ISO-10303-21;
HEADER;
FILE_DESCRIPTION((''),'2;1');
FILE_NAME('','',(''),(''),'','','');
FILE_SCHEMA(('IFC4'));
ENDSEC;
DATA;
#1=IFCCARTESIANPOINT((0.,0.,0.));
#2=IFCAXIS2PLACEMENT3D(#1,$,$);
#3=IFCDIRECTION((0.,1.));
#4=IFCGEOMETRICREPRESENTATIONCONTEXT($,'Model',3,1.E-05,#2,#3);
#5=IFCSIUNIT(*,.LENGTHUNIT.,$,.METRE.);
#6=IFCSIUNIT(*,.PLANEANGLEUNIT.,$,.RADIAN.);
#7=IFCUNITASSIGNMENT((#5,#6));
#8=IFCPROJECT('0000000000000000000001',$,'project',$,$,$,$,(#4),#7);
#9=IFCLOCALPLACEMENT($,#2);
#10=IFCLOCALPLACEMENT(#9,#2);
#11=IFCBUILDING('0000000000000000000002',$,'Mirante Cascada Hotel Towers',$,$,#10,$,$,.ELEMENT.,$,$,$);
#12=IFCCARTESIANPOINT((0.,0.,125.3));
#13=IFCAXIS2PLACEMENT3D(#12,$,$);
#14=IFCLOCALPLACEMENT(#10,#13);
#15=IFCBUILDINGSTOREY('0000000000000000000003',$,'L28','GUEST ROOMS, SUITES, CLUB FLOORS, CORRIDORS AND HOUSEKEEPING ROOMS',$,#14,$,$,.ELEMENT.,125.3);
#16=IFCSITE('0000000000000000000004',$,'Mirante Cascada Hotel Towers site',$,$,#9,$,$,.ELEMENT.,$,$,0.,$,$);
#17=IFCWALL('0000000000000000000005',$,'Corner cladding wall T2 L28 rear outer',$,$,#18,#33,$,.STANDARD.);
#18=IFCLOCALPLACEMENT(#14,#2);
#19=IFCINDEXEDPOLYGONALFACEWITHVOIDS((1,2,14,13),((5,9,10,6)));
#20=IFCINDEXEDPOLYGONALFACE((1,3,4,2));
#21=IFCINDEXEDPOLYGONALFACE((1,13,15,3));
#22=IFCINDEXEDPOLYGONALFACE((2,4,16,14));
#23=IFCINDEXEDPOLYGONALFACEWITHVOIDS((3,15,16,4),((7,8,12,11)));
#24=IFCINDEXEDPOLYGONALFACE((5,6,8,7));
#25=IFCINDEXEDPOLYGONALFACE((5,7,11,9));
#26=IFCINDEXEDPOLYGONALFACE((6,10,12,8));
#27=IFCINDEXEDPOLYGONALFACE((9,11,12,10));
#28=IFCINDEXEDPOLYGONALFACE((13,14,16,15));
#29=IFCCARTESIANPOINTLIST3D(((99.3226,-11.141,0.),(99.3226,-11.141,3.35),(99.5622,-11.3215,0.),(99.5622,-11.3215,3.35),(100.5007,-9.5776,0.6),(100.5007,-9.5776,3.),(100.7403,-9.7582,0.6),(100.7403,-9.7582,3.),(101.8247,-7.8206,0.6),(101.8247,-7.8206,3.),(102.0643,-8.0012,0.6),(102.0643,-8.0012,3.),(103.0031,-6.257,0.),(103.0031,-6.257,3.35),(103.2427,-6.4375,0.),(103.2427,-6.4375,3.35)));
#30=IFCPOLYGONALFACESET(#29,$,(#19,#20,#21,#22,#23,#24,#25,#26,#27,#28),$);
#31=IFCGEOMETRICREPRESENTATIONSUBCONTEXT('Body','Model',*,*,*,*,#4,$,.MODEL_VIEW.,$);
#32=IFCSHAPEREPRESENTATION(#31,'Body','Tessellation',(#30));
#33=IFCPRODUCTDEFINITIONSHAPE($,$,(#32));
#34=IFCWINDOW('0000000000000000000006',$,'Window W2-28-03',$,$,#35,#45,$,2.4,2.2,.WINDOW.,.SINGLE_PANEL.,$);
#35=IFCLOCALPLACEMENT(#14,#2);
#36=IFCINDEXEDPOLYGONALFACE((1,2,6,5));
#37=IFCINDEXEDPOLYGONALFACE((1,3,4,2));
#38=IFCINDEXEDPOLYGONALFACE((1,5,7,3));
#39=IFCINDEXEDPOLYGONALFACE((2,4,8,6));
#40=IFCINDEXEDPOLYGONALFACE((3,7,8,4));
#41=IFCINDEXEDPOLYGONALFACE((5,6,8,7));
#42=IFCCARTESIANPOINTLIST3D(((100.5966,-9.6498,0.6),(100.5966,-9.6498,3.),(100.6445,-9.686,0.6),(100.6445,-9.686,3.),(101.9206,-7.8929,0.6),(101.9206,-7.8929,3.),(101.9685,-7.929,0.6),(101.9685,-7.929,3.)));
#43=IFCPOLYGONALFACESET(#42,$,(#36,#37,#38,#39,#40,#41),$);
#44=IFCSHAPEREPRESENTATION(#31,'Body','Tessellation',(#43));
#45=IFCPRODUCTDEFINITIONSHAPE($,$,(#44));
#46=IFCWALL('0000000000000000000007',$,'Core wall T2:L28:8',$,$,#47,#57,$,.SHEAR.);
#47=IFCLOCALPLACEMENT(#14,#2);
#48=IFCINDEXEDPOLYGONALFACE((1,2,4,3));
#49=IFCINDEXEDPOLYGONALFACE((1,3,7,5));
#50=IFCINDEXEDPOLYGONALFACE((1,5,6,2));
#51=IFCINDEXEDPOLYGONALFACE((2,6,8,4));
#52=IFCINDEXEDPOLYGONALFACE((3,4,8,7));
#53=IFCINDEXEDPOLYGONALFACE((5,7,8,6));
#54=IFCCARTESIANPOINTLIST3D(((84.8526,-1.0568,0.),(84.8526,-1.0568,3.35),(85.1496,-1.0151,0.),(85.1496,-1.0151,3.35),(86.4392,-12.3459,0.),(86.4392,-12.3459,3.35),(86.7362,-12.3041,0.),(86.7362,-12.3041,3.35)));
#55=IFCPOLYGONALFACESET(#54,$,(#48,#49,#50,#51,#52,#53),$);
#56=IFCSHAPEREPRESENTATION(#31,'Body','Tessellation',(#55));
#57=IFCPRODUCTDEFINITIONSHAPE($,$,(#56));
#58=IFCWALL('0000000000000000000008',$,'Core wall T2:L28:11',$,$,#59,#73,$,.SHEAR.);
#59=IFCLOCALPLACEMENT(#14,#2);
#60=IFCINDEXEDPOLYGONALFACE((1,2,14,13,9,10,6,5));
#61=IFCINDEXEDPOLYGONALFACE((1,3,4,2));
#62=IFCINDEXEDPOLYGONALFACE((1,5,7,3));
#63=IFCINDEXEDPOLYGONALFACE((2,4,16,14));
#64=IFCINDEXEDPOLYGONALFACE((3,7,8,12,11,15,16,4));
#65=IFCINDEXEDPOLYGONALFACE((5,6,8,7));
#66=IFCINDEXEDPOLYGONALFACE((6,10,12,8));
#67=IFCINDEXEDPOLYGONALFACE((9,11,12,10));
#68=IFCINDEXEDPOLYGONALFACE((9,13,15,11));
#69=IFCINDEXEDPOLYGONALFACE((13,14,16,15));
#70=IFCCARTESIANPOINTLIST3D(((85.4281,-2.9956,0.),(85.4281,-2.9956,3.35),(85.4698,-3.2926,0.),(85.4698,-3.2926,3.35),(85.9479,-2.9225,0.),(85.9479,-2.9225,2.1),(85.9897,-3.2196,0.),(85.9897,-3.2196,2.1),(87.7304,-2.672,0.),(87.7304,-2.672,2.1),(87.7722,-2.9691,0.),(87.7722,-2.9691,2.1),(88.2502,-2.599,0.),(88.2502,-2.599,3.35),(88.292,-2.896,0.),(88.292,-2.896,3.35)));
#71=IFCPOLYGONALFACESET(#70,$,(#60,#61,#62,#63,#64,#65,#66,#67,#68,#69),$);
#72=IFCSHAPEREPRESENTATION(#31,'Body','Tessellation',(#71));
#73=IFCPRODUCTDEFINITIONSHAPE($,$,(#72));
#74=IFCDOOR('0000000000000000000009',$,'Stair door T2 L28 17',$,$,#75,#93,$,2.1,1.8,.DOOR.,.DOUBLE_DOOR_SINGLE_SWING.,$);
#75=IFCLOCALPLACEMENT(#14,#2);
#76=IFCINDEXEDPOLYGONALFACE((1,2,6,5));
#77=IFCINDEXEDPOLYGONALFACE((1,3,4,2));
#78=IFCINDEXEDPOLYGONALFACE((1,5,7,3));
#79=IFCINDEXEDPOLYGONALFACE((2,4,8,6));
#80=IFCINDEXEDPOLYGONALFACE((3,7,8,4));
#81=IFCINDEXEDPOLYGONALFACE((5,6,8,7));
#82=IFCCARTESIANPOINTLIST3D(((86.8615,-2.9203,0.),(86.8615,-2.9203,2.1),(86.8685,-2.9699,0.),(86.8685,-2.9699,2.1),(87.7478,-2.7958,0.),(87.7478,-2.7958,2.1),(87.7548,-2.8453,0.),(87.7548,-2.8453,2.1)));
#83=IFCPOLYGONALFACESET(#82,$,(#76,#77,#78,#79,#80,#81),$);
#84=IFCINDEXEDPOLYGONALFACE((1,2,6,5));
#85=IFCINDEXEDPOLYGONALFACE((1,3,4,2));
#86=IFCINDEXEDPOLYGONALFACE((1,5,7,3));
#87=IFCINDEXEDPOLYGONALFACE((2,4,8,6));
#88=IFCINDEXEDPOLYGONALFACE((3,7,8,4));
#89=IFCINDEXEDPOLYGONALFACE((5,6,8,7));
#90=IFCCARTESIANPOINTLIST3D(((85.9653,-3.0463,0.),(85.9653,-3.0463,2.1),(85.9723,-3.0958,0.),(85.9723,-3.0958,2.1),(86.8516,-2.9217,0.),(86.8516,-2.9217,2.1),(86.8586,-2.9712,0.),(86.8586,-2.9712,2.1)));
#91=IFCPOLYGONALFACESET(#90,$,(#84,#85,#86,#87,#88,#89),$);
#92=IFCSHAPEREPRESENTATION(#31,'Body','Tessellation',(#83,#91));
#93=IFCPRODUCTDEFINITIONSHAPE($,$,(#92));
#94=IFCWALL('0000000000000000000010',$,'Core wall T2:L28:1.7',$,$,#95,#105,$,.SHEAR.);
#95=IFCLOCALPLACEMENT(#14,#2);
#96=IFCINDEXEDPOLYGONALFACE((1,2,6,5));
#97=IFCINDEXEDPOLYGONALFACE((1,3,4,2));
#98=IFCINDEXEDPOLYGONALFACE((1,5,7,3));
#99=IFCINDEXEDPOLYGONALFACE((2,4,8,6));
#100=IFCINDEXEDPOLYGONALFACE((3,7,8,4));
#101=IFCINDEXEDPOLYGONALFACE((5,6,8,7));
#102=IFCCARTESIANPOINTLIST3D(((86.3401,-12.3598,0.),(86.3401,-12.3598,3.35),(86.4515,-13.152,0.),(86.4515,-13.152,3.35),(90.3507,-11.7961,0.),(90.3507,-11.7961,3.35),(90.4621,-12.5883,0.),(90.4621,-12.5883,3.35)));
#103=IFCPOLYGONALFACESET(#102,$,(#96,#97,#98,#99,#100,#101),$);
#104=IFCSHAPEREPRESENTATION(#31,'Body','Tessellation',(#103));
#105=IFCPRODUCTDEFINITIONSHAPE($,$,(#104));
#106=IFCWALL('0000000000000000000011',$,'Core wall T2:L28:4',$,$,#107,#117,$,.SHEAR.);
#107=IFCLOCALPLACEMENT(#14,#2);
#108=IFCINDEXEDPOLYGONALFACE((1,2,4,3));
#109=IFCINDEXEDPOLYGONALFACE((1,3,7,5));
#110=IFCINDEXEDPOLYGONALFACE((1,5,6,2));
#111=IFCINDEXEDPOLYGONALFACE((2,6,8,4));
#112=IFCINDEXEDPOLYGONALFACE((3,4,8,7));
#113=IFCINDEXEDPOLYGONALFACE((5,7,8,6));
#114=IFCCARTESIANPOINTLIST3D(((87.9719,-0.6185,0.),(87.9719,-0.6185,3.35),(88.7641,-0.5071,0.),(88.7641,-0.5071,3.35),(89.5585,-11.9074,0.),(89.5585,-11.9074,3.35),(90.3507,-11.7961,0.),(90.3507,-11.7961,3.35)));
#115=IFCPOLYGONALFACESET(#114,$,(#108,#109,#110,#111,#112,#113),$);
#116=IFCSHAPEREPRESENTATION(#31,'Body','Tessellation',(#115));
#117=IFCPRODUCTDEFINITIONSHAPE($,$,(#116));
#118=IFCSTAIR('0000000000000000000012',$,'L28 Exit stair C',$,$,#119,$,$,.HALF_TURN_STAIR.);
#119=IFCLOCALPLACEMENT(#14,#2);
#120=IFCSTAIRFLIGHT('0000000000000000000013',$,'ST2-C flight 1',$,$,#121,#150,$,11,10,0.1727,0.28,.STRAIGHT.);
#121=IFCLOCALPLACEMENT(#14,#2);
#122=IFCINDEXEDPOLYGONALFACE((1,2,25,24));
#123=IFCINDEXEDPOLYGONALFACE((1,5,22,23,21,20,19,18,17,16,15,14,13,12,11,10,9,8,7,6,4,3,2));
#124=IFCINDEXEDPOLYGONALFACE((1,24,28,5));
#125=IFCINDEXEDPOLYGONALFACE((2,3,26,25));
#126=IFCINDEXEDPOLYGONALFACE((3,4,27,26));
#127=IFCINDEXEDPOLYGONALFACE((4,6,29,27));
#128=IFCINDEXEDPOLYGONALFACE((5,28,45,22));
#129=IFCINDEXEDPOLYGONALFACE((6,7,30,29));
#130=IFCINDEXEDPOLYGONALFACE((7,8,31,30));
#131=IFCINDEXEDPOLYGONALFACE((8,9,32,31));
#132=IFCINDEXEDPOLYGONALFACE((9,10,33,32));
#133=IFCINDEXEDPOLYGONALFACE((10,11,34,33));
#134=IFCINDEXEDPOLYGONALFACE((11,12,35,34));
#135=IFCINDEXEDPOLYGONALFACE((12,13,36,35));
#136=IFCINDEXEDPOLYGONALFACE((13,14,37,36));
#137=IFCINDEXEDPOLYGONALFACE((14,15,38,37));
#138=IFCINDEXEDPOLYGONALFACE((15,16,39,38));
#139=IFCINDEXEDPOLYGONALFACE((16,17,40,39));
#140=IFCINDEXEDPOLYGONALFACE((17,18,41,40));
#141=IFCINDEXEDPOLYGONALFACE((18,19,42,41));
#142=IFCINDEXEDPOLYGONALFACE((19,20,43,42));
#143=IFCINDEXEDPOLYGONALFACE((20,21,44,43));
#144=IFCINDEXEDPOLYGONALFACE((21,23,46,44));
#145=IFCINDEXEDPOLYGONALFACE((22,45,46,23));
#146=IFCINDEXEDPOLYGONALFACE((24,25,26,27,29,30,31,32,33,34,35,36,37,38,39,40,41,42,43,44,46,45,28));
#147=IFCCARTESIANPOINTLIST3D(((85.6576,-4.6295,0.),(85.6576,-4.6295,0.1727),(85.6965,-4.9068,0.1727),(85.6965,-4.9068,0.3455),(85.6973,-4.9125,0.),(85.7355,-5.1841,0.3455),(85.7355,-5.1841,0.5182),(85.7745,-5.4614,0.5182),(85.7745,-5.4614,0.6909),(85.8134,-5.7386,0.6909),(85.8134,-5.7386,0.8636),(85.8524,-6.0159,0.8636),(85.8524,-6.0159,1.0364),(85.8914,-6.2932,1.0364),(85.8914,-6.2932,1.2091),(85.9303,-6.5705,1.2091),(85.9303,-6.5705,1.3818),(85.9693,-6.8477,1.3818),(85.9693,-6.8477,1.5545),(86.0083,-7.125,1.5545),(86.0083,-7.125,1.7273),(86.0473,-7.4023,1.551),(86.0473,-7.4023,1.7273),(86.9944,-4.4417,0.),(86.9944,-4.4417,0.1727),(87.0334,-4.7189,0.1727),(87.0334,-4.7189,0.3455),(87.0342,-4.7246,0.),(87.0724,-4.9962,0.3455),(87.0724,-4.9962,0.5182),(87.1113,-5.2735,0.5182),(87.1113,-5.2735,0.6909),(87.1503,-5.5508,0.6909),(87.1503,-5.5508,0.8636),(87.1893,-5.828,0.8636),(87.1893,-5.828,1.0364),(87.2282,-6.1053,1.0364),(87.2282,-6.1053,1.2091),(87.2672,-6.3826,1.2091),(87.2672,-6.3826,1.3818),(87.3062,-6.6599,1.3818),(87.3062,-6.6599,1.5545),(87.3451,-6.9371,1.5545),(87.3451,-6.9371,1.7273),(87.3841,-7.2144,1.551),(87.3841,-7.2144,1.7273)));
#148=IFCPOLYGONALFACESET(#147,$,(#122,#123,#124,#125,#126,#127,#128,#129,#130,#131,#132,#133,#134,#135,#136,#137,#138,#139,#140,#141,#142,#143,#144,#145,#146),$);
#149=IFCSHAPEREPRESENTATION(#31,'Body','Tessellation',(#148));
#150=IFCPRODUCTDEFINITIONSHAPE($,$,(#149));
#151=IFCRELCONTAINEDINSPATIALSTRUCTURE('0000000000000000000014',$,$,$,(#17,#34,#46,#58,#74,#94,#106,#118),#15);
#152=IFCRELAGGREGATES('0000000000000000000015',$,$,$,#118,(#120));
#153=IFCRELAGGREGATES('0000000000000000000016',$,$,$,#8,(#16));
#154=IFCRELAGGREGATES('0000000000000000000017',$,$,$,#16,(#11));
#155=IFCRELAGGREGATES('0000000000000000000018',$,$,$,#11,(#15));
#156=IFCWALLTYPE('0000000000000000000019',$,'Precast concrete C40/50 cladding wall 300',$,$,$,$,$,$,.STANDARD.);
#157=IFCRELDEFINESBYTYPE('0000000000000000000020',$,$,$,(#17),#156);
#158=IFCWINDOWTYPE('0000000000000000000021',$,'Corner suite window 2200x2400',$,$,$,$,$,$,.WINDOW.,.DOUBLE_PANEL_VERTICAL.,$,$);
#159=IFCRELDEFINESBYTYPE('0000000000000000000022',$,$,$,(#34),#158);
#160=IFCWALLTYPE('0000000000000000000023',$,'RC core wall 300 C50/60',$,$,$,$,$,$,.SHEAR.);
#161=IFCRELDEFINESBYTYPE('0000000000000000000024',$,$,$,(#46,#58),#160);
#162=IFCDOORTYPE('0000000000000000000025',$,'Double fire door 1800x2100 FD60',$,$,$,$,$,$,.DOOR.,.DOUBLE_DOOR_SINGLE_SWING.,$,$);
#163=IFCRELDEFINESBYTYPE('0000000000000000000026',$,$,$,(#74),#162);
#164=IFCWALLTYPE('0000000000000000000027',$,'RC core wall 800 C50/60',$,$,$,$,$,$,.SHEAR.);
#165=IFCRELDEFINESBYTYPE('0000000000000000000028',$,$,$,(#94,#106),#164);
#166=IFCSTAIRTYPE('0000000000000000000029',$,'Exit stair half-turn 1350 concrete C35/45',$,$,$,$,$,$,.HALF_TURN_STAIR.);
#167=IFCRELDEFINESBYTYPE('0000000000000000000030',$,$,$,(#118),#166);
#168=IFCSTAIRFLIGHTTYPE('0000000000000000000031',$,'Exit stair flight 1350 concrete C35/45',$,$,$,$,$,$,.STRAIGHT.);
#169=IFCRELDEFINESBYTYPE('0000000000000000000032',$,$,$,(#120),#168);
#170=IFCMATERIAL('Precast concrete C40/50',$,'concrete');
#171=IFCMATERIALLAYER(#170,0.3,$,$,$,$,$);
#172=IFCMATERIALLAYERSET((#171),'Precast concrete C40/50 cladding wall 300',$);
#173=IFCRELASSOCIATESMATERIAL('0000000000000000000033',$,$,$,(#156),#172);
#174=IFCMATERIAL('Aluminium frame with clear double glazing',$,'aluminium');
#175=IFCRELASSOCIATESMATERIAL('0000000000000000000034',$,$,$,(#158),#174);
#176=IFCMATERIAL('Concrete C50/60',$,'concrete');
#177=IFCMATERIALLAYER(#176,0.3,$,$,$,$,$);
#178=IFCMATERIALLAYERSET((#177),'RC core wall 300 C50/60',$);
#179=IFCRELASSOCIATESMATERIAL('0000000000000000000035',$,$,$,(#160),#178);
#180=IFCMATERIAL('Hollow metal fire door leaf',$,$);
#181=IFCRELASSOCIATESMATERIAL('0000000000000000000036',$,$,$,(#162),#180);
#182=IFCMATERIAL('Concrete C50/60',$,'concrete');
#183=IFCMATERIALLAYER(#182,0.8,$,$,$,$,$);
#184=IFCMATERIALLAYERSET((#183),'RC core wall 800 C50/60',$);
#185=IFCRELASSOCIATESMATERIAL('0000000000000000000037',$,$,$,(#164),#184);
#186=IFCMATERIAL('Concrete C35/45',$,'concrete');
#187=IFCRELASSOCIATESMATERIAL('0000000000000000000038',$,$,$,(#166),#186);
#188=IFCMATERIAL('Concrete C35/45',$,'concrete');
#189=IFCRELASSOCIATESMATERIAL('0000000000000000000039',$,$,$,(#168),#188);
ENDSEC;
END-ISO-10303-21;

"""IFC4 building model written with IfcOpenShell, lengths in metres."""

from ifc_helpers import new_model, si_unit, direction, frame, frame_2d, origin, place, context, subcontext, project, spatial, polyline, rectangle, outline, extrude, material, layer, layer_set, type_object, element, fill, aggregate, save


model = new_model("IFC4")

# Units and contexts
model_context = context("Model", 3, precision=1e-05, world=origin(), true_north=direction((0.0, 1.0)))
body_context = subcontext(model_context, "Body", "Model", "MODEL_VIEW")
ifc_project = project(units=[si_unit("LENGTHUNIT", "METRE"), si_unit("PLANEANGLEUNIT", "RADIAN")], contexts=[model_context])

# Site, building, storey
site_placement = place(None, origin())
site = spatial("IfcSite", under=ifc_project, at=site_placement, Name="Mirante Cascada Hotel Towers site", CompositionType="ELEMENT", RefElevation=0.0)
building_placement = place(site_placement, origin())
building = spatial("IfcBuilding", under=site, at=building_placement, Name="Mirante Cascada Hotel Towers", CompositionType="ELEMENT")
storey_placement = place(building_placement, frame((0.0, 0.0, 125.3)))
storey = spatial("IfcBuildingStorey", under=building, at=storey_placement, Name="L28", Description="GUEST ROOMS, SUITES, CLUB FLOORS, CORRIDORS AND HOUSEKEEPING ROOMS", CompositionType="ELEMENT", Elevation=125.3)

# Shared definitions
ifc_material_1 = material(Name="Precast concrete C40/50", Category="concrete")
ifc_layer_1 = layer(ifc_material_1, 0.3)
ifc_layer_set_1 = layer_set([ifc_layer_1], Name="Precast concrete C40/50 cladding wall 300")
wall_type_1 = type_object("IfcWallType", Name="Precast concrete C40/50 cladding wall 300", PredefinedType="STANDARD", material=ifc_layer_set_1)

# Wall, opening, window
wall_1_placement = place(storey_placement, frame((99.4424, -11.2313, 0.0), z_axis=(0.0, 0.0, 1.0), x_axis=(0.601819, 0.798632, 0.0)))
wall_1 = element("IfcWall", 1, at=wall_1_placement, inside=storey, type_object=wall_type_1, Name="Corner cladding wall T2 L28 rear outer", PredefinedType="STANDARD", context=body_context, shape_type="SweptSolid", body=[
    extrude(rectangle(XDim=6.1155, YDim=0.3, at=frame_2d((3.0578, 0.0))), origin(), (0.0, 0.0, 1.0), 3.35),
])
opening_1_placement = place(wall_1_placement, frame((1.9576, 0.0, 0.6)))
opening_1 = element("IfcOpeningElement", 2, at=opening_1_placement, cuts=wall_1, PredefinedType="OPENING", context=body_context, shape_type="SweptSolid", body=[
    extrude(rectangle(XDim=2.2, YDim=2.4, at=frame_2d((1.1, 1.2))), frame((0.0, 0.15, 0.0), z_axis=(0.0, -1.0, 0.0), x_axis=(1.0, 0.0, 0.0)), (0.0, 0.0, 1.0), 0.3),
])
ifc_material_2 = material(Name="Aluminium frame with clear double glazing", Category="aluminium")
window_type_1 = type_object("IfcWindowType", Name="Corner suite window 2200x2400", PartitioningType="DOUBLE_PANEL_VERTICAL", PredefinedType="WINDOW", material=ifc_material_2)
window_1_placement = place(opening_1_placement, origin())
window_1 = element("IfcWindow", 3, at=window_1_placement, inside=storey, type_object=window_type_1, Name="Window W2-28-03", OverallHeight=2.4, OverallWidth=2.2, PartitioningType="SINGLE_PANEL", PredefinedType="WINDOW", context=body_context, shape_type="SweptSolid", body=[
    extrude(rectangle(XDim=2.2, YDim=2.4, at=frame_2d((1.1, 1.2))), frame((0.0, 0.03, 0.0), z_axis=(0.0, -1.0, 0.0), x_axis=(1.0, 0.0, 0.0)), (0.0, 0.0, 1.0), 0.06),
])
fill(opening_1, window_1)

# Wall
ifc_material_3 = material(Name="Concrete C50/60", Category="concrete")
ifc_layer_2 = layer(ifc_material_3, 0.3)
ifc_layer_set_2 = layer_set([ifc_layer_2], Name="RC core wall 300 C50/60")
wall_type_2 = type_object("IfcWallType", Name="RC core wall 300 C50/60", PredefinedType="SHEAR", material=ifc_layer_set_2)
wall_2_placement = place(storey_placement, frame((86.5877, -12.325, 0.0), z_axis=(0.0, 0.0, 1.0), x_axis=(-0.139175, 0.990268, 0.0)))
element("IfcWall", 4, at=wall_2_placement, inside=storey, type_object=wall_type_2, Name="Core wall T2:L28:8", PredefinedType="SHEAR", context=body_context, shape_type="SweptSolid", body=[
    extrude(rectangle(XDim=11.4, YDim=0.3, at=frame_2d((5.7, 0.0))), origin(), (0.0, 0.0, 1.0), 3.35),
])

# Wall, opening, door
wall_3_placement = place(storey_placement, frame((85.4489, -3.1441, 0.0), z_axis=(0.0, 0.0, 1.0), x_axis=(0.99027, 0.139161, 0.0)))
wall_3 = element("IfcWall", 5, at=wall_3_placement, inside=storey, type_object=wall_type_2, Name="Core wall T2:L28:11", PredefinedType="SHEAR", context=body_context, shape_type="SweptSolid", body=[
    extrude(rectangle(XDim=2.8499, YDim=0.3, at=frame_2d((1.425, 0.0))), origin(), (0.0, 0.0, 1.0), 3.35),
])
opening_2_placement = place(wall_3_placement, frame((0.525, 0.0, 0.0)))
opening_2 = element("IfcOpeningElement", 6, at=opening_2_placement, cuts=wall_3, PredefinedType="OPENING", context=body_context, shape_type="SweptSolid", body=[
    extrude(rectangle(XDim=1.8, YDim=2.1, at=frame_2d((0.9, 1.05))), frame((0.0, 0.15, 0.0), z_axis=(0.0, -1.0, 0.0), x_axis=(1.0, 0.0, 0.0)), (0.0, 0.0, 1.0), 0.3),
])
ifc_material_4 = material(Name="Hollow metal fire door leaf")
door_type_1 = type_object("IfcDoorType", Name="Double fire door 1800x2100 FD60", OperationType="DOUBLE_DOOR_SINGLE_SWING", PredefinedType="DOOR", material=ifc_material_4)
door_1_placement = place(opening_2_placement, frame((1.8, 0.0, 0.0), z_axis=(0.0, 0.0, 1.0), x_axis=(-1.0, 0.0, 0.0)))
door_1 = element("IfcDoor", 7, at=door_1_placement, inside=storey, type_object=door_type_1, Name="Stair door T2 L28 17", OperationType="DOUBLE_DOOR_SINGLE_SWING", OverallHeight=2.1, OverallWidth=1.8, PredefinedType="DOOR", context=body_context, shape_type="SweptSolid", body=[
    extrude(rectangle(XDim=0.895, YDim=2.1, at=frame_2d((0.4475, 1.05))), frame((0.0, 0.025, 0.0), z_axis=(0.0, -1.0, 0.0), x_axis=(1.0, 0.0, 0.0)), (0.0, 0.0, 1.0), 0.05),
    extrude(rectangle(XDim=0.895, YDim=2.1, at=frame_2d((1.3525, 1.05))), frame((0.0, 0.025, 0.0), z_axis=(0.0, -1.0, 0.0), x_axis=(1.0, 0.0, 0.0)), (0.0, 0.0, 1.0), 0.05),
])
fill(opening_2, door_1)

# Walls
ifc_material_5 = material(Name="Concrete C50/60", Category="concrete")
ifc_layer_3 = layer(ifc_material_5, 0.8)
ifc_layer_set_3 = layer_set([ifc_layer_3], Name="RC core wall 800 C50/60")
wall_type_3 = type_object("IfcWallType", Name="RC core wall 800 C50/60", PredefinedType="SHEAR", material=ifc_layer_set_3)
wall_4_placement = place(storey_placement, frame((86.3958, -12.7559, 0.0), z_axis=(0.0, 0.0, 1.0), x_axis=(0.990267, 0.139184, 0.0)))
element("IfcWall", 8, at=wall_4_placement, inside=storey, type_object=wall_type_3, Name="Core wall T2:L28:1.7", PredefinedType="SHEAR", context=body_context, shape_type="SweptSolid", body=[
    extrude(rectangle(XDim=4.05, YDim=0.8, at=frame_2d((2.025, 0.0))), origin(), (0.0, 0.0, 1.0), 3.35),
])
wall_5_placement = place(storey_placement, frame((89.9546, -11.8518, 0.0), z_axis=(0.0, 0.0, 1.0), x_axis=(-0.139176, 0.990268, 0.0)))
element("IfcWall", 9, at=wall_5_placement, inside=storey, type_object=wall_type_3, Name="Core wall T2:L28:4", PredefinedType="SHEAR", context=body_context, shape_type="SweptSolid", body=[
    extrude(rectangle(XDim=11.3999, YDim=0.8, at=frame_2d((5.7, 0.0))), origin(), (0.0, 0.0, 1.0), 3.35),
])

# Stair, stair flight
ifc_material_6 = material(Name="Concrete C35/45", Category="concrete")
stair_type = type_object("IfcStairType", Name="Exit stair half-turn 1350 concrete C35/45", PredefinedType="HALF_TURN_STAIR", material=ifc_material_6)
stair_placement = place(storey_placement, origin())
stair = element("IfcStair", 10, at=stair_placement, inside=storey, type_object=stair_type, Name="L28 Exit stair C", PredefinedType="HALF_TURN_STAIR")
ifc_material_7 = material(Name="Concrete C35/45", Category="concrete")
stair_flight_type = type_object("IfcStairFlightType", Name="Exit stair flight 1350 concrete C35/45", PredefinedType="STRAIGHT", material=ifc_material_7)
stair_flight_1_placement = place(storey_placement, frame((86.326, -4.5356, 0.0), z_axis=(0.0, 0.0, 1.0), x_axis=(0.139173, -0.990268, 0.0)))
stair_flight_1 = element("IfcStairFlight", 11, at=stair_flight_1_placement, type_object=stair_flight_type, Name="ST2-C flight 1", NumberOfRisers=11, NumberOfTreads=10, PredefinedType="STRAIGHT", RiserHeight=0.1727, TreadLength=0.28, context=body_context, shape_type="SweptSolid", body=[
    extrude(outline(polyline([(0.0, 0.0), (0.0, 0.1727), (0.28, 0.1727), (0.28, 0.3455), (0.56, 0.3455), (0.56, 0.5182), (0.84, 0.5182), (0.84, 0.6909), (1.12, 0.6909), (1.12, 0.8636), (1.4, 0.8636), (1.4, 1.0364), (1.68, 1.0364), (1.68, 1.2091), (1.96, 1.2091), (1.96, 1.3818), (2.24, 1.3818), (2.24, 1.5545), (2.52, 1.5545), (2.52, 1.7273), (2.8, 1.7273), (2.8, 1.9), (2.8, 1.551), (0.2857, 0.0), (0.0, 0.0)])), frame((0.0, 0.675, 0.0), z_axis=(0.0, -1.0, 0.0), x_axis=(1.0, 0.0, 0.0)), (0.0, 0.0, 1.0), 1.35),
])
aggregate(stair, [stair_flight_1])

save(model, "model.ifc")
